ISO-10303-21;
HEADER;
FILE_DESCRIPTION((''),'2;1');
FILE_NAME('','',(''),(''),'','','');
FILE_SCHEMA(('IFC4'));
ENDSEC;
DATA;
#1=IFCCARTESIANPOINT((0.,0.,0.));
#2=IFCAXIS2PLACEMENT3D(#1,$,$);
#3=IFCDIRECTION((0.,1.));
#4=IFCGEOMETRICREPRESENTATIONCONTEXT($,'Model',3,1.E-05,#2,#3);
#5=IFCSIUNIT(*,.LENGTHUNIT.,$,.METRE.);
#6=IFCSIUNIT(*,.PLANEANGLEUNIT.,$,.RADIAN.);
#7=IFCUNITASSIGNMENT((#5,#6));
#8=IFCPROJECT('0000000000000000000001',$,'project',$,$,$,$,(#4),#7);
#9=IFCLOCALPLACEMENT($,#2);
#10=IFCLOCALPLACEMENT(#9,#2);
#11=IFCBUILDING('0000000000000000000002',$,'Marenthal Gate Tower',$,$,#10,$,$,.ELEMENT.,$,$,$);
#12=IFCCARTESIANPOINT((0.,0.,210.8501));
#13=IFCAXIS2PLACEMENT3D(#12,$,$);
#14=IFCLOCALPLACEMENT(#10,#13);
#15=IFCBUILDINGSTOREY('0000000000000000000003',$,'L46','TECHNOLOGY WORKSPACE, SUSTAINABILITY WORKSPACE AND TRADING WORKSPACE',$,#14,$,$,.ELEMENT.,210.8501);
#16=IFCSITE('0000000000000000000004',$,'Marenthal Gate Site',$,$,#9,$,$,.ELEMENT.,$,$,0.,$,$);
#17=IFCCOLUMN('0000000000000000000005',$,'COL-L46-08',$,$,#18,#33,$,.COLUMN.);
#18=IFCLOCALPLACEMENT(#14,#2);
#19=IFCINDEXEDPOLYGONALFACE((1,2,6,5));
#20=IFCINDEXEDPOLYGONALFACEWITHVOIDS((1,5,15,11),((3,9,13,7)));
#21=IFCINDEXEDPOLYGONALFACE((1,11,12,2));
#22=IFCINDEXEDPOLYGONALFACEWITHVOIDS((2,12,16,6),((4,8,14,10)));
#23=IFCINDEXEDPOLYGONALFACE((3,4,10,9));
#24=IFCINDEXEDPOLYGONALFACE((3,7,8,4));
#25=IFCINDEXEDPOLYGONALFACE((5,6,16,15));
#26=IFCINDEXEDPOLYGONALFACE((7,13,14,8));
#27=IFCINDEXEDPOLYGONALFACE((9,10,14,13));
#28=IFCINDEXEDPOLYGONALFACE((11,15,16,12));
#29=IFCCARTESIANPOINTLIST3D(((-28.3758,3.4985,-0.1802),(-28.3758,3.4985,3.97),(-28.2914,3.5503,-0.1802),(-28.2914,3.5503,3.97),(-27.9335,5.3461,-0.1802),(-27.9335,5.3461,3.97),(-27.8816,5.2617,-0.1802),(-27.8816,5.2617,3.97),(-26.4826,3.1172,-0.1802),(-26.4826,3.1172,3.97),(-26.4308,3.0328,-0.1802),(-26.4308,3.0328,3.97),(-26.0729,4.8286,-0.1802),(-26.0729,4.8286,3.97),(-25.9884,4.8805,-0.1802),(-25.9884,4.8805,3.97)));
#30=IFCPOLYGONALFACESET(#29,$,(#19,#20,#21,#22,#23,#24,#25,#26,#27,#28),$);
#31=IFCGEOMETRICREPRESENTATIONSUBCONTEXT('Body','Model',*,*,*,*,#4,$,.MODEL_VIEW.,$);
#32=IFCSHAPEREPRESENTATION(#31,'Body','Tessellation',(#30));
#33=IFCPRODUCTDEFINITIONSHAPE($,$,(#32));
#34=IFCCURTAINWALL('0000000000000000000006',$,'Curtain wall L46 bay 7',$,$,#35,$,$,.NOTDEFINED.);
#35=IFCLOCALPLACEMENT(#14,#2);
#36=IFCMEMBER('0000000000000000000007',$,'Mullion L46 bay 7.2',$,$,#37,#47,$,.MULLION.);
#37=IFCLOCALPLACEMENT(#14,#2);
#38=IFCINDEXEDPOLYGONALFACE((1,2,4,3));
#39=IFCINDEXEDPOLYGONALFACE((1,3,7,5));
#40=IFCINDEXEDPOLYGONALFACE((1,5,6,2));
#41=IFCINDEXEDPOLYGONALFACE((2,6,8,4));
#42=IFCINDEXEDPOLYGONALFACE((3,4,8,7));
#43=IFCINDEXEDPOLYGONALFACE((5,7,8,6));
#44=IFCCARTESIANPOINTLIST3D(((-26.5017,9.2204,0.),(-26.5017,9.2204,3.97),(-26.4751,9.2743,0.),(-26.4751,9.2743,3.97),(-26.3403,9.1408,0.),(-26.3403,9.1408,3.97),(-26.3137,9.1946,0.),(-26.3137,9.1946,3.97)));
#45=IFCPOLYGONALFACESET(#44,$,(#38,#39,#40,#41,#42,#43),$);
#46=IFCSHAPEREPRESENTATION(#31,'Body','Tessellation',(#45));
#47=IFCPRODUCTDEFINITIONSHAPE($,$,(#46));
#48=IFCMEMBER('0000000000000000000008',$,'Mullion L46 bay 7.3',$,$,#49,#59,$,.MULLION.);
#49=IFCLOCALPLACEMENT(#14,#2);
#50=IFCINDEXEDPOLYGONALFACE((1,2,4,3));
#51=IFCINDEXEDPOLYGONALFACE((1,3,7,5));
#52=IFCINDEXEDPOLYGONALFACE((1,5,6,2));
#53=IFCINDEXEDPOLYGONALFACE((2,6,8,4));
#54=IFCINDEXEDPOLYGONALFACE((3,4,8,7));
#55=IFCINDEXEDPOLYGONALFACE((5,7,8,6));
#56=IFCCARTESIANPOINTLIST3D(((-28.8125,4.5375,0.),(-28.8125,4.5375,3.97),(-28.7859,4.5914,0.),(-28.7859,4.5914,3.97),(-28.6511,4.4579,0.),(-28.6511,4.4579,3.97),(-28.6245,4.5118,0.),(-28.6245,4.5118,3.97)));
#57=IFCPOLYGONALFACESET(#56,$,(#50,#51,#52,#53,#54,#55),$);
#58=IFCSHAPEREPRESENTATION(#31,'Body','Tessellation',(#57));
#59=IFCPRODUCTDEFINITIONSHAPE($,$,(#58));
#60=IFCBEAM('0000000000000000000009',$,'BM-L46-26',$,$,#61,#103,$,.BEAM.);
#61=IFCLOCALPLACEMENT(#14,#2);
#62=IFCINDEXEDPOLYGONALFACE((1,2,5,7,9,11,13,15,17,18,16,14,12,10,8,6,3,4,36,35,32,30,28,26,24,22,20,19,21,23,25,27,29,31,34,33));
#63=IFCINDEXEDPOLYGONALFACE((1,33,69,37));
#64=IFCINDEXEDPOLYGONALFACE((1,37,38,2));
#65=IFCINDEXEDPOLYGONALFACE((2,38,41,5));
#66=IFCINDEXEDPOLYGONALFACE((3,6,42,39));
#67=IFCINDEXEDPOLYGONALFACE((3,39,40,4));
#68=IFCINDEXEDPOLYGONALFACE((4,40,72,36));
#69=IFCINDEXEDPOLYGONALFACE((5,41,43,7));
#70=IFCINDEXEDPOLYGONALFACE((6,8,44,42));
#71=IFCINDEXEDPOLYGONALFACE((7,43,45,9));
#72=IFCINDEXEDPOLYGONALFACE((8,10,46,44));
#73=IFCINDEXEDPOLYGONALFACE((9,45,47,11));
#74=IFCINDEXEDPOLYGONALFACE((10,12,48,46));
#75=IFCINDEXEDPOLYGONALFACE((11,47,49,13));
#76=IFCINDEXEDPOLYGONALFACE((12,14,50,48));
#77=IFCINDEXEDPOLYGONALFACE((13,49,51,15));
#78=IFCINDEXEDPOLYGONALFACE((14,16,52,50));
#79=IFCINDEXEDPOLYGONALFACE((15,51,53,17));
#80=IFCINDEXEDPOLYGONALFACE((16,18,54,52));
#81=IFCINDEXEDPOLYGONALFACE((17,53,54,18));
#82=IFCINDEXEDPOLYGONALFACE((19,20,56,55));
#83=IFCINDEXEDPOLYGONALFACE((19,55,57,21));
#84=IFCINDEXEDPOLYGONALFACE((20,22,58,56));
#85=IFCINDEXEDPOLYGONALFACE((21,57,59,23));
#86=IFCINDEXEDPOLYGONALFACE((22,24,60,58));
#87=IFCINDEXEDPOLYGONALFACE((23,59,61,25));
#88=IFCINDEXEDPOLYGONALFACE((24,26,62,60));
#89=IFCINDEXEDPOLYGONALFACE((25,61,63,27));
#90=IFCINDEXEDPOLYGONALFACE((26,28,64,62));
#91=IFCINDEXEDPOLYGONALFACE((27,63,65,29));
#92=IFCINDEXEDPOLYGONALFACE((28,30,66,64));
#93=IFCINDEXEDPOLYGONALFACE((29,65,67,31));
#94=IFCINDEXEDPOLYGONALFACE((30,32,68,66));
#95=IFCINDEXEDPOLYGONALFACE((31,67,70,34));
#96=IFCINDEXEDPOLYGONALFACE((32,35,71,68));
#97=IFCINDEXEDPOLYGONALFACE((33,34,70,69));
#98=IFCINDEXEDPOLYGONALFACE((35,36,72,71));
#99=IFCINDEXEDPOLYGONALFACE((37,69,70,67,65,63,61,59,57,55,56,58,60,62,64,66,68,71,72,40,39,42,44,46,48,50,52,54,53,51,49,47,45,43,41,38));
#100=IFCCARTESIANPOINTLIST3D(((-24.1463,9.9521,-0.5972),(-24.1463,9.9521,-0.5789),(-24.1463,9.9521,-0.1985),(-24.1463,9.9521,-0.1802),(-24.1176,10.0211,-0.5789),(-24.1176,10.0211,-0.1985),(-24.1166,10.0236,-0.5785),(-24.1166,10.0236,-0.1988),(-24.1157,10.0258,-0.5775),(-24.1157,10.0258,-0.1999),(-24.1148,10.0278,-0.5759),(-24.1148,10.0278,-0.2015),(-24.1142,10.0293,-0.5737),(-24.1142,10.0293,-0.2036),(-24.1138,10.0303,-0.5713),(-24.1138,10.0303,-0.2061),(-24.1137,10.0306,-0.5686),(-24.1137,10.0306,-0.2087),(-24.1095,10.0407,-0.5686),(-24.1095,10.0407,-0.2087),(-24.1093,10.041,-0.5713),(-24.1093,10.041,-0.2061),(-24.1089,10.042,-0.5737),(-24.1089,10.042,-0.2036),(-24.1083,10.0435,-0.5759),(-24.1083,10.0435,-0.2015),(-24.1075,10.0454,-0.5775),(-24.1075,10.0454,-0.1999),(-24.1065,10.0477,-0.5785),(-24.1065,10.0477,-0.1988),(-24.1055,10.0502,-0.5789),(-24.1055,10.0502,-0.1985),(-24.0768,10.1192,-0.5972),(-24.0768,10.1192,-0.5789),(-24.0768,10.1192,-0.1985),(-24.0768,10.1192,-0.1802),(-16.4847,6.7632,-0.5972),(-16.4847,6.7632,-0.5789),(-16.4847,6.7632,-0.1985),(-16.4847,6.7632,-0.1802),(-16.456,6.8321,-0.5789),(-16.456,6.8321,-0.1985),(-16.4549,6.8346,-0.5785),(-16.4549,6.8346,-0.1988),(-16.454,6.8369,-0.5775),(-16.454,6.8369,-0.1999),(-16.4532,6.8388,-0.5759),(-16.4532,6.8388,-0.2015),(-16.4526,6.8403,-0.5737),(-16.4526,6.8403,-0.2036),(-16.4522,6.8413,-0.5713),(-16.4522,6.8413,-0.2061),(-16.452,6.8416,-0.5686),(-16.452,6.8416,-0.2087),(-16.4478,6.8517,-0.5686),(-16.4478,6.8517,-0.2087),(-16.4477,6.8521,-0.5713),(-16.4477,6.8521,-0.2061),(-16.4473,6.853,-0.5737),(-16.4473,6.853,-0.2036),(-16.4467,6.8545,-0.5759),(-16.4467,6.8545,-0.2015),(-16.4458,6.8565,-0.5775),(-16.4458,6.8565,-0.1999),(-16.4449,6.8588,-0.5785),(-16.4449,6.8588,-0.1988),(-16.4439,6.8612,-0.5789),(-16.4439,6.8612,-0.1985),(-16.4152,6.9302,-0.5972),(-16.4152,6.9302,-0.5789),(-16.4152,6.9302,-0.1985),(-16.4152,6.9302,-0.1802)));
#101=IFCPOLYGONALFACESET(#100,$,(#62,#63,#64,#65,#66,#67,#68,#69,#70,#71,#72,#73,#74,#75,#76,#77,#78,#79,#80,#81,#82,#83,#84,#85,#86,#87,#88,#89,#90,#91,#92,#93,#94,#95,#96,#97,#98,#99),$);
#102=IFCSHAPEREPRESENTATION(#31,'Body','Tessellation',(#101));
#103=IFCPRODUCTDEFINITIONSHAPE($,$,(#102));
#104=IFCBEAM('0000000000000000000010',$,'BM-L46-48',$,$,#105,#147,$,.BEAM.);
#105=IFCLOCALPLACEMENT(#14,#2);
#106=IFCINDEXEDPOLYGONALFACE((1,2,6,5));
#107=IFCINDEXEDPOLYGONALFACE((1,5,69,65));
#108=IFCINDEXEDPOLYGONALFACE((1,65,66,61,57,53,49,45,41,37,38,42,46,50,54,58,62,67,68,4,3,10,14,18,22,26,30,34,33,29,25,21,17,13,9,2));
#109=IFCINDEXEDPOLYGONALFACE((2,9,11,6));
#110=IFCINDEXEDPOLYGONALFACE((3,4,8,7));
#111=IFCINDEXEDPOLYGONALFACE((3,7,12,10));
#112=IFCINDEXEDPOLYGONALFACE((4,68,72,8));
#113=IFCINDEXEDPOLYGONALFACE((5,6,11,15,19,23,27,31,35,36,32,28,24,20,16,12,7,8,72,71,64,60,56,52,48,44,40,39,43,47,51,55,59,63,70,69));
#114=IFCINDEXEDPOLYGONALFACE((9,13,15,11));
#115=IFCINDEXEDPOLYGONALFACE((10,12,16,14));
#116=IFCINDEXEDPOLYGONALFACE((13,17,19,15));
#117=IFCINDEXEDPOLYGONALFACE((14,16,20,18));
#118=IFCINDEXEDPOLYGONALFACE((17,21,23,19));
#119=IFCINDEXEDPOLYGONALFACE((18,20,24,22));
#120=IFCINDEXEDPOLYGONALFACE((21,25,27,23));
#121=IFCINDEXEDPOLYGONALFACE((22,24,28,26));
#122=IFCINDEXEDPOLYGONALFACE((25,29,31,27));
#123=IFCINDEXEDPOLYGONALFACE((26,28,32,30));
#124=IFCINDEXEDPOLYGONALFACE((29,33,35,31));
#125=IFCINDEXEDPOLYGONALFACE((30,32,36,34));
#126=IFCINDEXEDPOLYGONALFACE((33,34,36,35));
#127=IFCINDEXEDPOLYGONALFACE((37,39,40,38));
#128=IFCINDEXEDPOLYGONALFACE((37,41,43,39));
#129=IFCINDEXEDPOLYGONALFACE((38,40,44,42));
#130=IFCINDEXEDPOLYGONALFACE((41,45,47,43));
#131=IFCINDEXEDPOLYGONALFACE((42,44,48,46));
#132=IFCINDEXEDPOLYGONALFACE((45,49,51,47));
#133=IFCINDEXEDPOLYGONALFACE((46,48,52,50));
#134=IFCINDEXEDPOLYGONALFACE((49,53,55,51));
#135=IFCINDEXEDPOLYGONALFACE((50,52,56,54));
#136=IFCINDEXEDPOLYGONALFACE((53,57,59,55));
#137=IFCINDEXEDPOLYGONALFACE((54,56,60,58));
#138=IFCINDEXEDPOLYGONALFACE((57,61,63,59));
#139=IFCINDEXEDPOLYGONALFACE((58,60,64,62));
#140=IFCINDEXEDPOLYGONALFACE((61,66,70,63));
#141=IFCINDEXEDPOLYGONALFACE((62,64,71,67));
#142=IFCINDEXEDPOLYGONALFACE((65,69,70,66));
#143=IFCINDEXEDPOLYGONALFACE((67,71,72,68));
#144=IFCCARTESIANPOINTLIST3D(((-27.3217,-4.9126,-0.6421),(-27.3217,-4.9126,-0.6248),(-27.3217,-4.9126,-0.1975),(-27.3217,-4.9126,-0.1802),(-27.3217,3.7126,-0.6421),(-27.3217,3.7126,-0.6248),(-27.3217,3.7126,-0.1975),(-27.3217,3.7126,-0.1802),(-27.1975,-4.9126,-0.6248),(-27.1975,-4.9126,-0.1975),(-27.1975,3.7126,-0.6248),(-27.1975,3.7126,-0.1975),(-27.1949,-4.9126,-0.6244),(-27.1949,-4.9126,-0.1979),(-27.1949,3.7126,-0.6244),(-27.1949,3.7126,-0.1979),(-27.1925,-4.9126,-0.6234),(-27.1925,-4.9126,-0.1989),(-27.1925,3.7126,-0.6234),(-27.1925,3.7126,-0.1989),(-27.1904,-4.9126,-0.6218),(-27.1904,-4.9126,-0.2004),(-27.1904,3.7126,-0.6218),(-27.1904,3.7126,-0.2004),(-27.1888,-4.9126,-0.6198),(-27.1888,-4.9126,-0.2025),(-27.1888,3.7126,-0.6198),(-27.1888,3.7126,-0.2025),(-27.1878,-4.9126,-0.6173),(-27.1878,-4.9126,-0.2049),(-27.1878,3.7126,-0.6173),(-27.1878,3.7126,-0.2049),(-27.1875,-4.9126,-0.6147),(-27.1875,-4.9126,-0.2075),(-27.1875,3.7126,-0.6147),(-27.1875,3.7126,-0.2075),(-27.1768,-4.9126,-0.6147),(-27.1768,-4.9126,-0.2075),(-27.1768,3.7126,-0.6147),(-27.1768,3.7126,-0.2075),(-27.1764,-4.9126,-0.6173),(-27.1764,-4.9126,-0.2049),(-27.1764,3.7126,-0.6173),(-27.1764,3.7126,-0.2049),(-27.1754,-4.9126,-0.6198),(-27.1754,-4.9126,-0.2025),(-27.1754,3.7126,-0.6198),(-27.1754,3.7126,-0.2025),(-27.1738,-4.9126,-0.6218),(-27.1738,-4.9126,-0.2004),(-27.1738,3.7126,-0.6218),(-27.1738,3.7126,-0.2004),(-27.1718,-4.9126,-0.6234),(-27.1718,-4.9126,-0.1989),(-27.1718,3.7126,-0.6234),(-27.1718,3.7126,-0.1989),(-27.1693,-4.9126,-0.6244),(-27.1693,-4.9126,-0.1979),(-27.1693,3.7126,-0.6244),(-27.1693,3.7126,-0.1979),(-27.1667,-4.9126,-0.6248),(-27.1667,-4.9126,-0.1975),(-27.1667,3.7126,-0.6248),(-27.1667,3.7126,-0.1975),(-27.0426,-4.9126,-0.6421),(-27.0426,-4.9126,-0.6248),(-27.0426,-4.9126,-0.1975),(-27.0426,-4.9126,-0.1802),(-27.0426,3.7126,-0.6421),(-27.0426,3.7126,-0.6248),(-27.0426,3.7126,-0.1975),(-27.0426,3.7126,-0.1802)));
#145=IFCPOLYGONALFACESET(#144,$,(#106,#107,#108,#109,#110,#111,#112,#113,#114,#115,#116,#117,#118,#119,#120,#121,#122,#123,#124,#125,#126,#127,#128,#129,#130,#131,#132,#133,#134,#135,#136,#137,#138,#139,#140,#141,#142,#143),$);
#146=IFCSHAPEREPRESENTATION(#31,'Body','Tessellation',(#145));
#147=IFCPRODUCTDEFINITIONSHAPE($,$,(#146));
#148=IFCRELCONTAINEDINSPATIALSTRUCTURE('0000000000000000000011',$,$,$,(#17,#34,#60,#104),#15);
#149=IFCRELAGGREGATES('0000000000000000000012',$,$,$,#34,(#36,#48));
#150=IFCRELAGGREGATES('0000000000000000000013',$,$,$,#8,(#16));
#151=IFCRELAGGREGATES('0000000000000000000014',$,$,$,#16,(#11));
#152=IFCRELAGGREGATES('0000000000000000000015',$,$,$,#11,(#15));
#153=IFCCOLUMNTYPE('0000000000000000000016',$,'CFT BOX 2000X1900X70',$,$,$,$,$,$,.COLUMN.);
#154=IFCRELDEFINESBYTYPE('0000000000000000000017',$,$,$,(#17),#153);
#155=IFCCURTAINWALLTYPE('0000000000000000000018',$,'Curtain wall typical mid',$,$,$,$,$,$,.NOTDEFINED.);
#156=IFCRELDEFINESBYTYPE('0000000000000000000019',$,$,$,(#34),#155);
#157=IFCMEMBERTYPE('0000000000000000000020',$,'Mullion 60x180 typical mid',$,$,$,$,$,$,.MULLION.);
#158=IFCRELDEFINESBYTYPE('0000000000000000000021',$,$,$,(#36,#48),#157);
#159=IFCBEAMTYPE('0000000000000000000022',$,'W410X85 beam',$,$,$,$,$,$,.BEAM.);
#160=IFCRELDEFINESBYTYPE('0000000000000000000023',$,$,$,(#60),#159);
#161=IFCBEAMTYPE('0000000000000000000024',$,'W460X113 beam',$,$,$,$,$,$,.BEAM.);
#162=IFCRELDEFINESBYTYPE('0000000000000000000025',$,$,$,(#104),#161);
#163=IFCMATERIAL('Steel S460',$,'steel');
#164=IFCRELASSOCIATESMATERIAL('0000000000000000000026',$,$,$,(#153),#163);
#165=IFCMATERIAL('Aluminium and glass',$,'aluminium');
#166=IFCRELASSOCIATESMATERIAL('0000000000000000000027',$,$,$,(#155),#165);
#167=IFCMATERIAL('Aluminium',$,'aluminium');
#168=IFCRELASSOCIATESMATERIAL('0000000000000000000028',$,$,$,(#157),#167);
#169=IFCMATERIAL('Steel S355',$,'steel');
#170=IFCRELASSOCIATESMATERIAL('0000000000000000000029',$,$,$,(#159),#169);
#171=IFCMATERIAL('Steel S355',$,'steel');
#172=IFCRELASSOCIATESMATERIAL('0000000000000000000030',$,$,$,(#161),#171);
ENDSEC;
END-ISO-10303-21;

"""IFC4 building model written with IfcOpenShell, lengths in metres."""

from ifc_helpers import new_model, si_unit, direction, frame, origin, origin_2d, place, context, subcontext, project, spatial, rectangle, hollow_rectangle, i_section, extrude, material, material_profile, profile_set, type_object, element, aggregate, save


model = new_model("IFC4")

# Units and contexts
model_context = context("Model", 3, precision=1e-05, world=origin(), true_north=direction((0.0, 1.0)))
body_context = subcontext(model_context, "Body", "Model", "MODEL_VIEW")
ifc_project = project(units=[si_unit("LENGTHUNIT", "METRE"), si_unit("PLANEANGLEUNIT", "RADIAN")], contexts=[model_context])

# Site, building, storey
site_placement = place(None, origin())
site = spatial("IfcSite", under=ifc_project, at=site_placement, Name="Marenthal Gate Site", CompositionType="ELEMENT", RefElevation=0.0)
building_placement = place(site_placement, origin())
building = spatial("IfcBuilding", under=site, at=building_placement, Name="Marenthal Gate Tower", CompositionType="ELEMENT")
storey_placement = place(building_placement, frame((0.0, 0.0, 210.8501)))
storey = spatial("IfcBuildingStorey", under=building, at=storey_placement, Name="L46", Description="TECHNOLOGY WORKSPACE, SUSTAINABILITY WORKSPACE AND TRADING WORKSPACE", CompositionType="ELEMENT", Elevation=210.8501)

# Column
ifc_material_1 = material(Name="Steel S460", Category="steel")
ifc_material_profile_1 = material_profile(ifc_material_1, hollow_rectangle(XDim=1.8999, YDim=2.0, WallThickness=0.0701, at=origin_2d()), Name="CFT BOX 2000X1900X70")
ifc_material_2 = material(Name="Concrete 70 MPa", Category="concrete")
ifc_material_profile_2 = material_profile(ifc_material_2, rectangle(XDim=1.76, YDim=1.8601, at=origin_2d()), Name="CFT BOX 2000X1900X70 INFILL")
ifc_profile_set_1 = profile_set([ifc_material_profile_1, ifc_material_profile_2], Name="Steel S460 shell, Concrete 70 MPa infill")
column_type = type_object("IfcColumnType", Name="CFT BOX 2000X1900X70", PredefinedType="COLUMN", material=ifc_profile_set_1)
column_placement = place(storey_placement, frame((-27.1821, 4.1895, -0.1802), z_axis=(0.0, 0.0, 1.0), x_axis=(0.232843, 0.972514, 0.0)))
element("IfcColumn", 1, at=column_placement, inside=storey, type_object=column_type, Name="COL-L46-08", PredefinedType="COLUMN", context=body_context, shape_type="SweptSolid", body=[
    extrude(hollow_rectangle(XDim=1.8999, YDim=2.0, WallThickness=0.0701, at=origin_2d()), origin(), (0.0, 0.0, 1.0), 4.1501),
])

# Curtain wall, members
ifc_material_3 = material(Name="Aluminium and glass", Category="aluminium")
curtain_wall_type = type_object("IfcCurtainWallType", Name="Curtain wall typical mid", PredefinedType="NOTDEFINED", material=ifc_material_3)
curtain_wall_placement = place(storey_placement, origin())
curtain_wall = element("IfcCurtainWall", 2, at=curtain_wall_placement, inside=storey, type_object=curtain_wall_type, Name="Curtain wall L46 bay 7", PredefinedType="NOTDEFINED")
ifc_material_4 = material(Name="Aluminium", Category="aluminium")
ifc_material_profile_3 = material_profile(ifc_material_4, rectangle(XDim=0.1799, YDim=0.0601, at=origin_2d()), Name="60x180 aluminium mullion")
ifc_profile_set_2 = profile_set([ifc_material_profile_3], Name="Aluminium")
member_type = type_object("IfcMemberType", Name="Mullion 60x180 typical mid", PredefinedType="MULLION", material=ifc_profile_set_2)
member_1_placement = place(storey_placement, frame((-26.4077, 9.2075, 0.0), z_axis=(0.0, 0.0, 1.0), x_axis=(0.896757, -0.442523, 0.0)))
member_1 = element("IfcMember", 3, at=member_1_placement, type_object=member_type, Name="Mullion L46 bay 7.2", PredefinedType="MULLION", context=body_context, shape_type="SweptSolid", body=[
    extrude(rectangle(XDim=0.1799, YDim=0.0601, at=origin_2d()), origin(), (0.0, 0.0, 1.0), 3.97),
])
member_2_placement = place(storey_placement, frame((-28.7185, 4.5247, 0.0), z_axis=(0.0, 0.0, 1.0), x_axis=(0.896757, -0.442523, 0.0)))
member_2 = element("IfcMember", 4, at=member_2_placement, type_object=member_type, Name="Mullion L46 bay 7.3", PredefinedType="MULLION", context=body_context, shape_type="SweptSolid", body=[
    extrude(rectangle(XDim=0.1799, YDim=0.0601, at=origin_2d()), origin(), (0.0, 0.0, 1.0), 3.97),
])

# Beams
ifc_material_5 = material(Name="Steel S355", Category="steel")
ifc_material_profile_4 = material_profile(ifc_material_5, i_section(OverallWidth=0.1809, OverallDepth=0.417, WebThickness=0.011, FlangeThickness=0.0183, FilletRadius=0.0103, at=origin_2d()), Name="W410X85")
ifc_profile_set_3 = profile_set([ifc_material_profile_4], Name="Steel S355")
beam_type_1 = type_object("IfcBeamType", Name="W410X85 beam", PredefinedType="BEAM", material=ifc_profile_set_3)
beam_1_placement = place(storey_placement, frame((-24.1116, 10.0356, -0.3887), z_axis=(0.923221, -0.384269, 0.0), x_axis=(0.384269, 0.923221, 0.0)))
element("IfcBeam", 5, at=beam_1_placement, inside=storey, type_object=beam_type_1, Name="BM-L46-26", PredefinedType="BEAM", context=body_context, shape_type="SweptSolid", body=[
    extrude(i_section(OverallWidth=0.1809, OverallDepth=0.417, WebThickness=0.011, FlangeThickness=0.0183, FilletRadius=0.0103, at=origin_2d()), origin(), (0.0, 0.0, 1.0), 8.2988),
])
ifc_material_6 = material(Name="Steel S355", Category="steel")
ifc_material_profile_5 = material_profile(ifc_material_6, i_section(OverallWidth=0.2791, OverallDepth=0.4619, WebThickness=0.0107, FlangeThickness=0.0173, FilletRadius=0.01, at=origin_2d()), Name="W460X113")
ifc_profile_set_4 = profile_set([ifc_material_profile_5], Name="Steel S355")
beam_type_2 = type_object("IfcBeamType", Name="W460X113 beam", PredefinedType="BEAM", material=ifc_profile_set_4)
beam_2_placement = place(storey_placement, frame((-27.1821, 3.7126, -0.4111), z_axis=(0.0, -1.0, 0.0), x_axis=(1.0, 0.0, 0.0)))
element("IfcBeam", 6, at=beam_2_placement, inside=storey, type_object=beam_type_2, Name="BM-L46-48", PredefinedType="BEAM", context=body_context, shape_type="SweptSolid", body=[
    extrude(i_section(OverallWidth=0.2791, OverallDepth=0.4619, WebThickness=0.0107, FlangeThickness=0.0173, FilletRadius=0.01, at=origin_2d()), origin(), (0.0, 0.0, 1.0), 8.6252),
])

aggregate(curtain_wall, [member_1, member_2])

save(model, "model.ifc")
